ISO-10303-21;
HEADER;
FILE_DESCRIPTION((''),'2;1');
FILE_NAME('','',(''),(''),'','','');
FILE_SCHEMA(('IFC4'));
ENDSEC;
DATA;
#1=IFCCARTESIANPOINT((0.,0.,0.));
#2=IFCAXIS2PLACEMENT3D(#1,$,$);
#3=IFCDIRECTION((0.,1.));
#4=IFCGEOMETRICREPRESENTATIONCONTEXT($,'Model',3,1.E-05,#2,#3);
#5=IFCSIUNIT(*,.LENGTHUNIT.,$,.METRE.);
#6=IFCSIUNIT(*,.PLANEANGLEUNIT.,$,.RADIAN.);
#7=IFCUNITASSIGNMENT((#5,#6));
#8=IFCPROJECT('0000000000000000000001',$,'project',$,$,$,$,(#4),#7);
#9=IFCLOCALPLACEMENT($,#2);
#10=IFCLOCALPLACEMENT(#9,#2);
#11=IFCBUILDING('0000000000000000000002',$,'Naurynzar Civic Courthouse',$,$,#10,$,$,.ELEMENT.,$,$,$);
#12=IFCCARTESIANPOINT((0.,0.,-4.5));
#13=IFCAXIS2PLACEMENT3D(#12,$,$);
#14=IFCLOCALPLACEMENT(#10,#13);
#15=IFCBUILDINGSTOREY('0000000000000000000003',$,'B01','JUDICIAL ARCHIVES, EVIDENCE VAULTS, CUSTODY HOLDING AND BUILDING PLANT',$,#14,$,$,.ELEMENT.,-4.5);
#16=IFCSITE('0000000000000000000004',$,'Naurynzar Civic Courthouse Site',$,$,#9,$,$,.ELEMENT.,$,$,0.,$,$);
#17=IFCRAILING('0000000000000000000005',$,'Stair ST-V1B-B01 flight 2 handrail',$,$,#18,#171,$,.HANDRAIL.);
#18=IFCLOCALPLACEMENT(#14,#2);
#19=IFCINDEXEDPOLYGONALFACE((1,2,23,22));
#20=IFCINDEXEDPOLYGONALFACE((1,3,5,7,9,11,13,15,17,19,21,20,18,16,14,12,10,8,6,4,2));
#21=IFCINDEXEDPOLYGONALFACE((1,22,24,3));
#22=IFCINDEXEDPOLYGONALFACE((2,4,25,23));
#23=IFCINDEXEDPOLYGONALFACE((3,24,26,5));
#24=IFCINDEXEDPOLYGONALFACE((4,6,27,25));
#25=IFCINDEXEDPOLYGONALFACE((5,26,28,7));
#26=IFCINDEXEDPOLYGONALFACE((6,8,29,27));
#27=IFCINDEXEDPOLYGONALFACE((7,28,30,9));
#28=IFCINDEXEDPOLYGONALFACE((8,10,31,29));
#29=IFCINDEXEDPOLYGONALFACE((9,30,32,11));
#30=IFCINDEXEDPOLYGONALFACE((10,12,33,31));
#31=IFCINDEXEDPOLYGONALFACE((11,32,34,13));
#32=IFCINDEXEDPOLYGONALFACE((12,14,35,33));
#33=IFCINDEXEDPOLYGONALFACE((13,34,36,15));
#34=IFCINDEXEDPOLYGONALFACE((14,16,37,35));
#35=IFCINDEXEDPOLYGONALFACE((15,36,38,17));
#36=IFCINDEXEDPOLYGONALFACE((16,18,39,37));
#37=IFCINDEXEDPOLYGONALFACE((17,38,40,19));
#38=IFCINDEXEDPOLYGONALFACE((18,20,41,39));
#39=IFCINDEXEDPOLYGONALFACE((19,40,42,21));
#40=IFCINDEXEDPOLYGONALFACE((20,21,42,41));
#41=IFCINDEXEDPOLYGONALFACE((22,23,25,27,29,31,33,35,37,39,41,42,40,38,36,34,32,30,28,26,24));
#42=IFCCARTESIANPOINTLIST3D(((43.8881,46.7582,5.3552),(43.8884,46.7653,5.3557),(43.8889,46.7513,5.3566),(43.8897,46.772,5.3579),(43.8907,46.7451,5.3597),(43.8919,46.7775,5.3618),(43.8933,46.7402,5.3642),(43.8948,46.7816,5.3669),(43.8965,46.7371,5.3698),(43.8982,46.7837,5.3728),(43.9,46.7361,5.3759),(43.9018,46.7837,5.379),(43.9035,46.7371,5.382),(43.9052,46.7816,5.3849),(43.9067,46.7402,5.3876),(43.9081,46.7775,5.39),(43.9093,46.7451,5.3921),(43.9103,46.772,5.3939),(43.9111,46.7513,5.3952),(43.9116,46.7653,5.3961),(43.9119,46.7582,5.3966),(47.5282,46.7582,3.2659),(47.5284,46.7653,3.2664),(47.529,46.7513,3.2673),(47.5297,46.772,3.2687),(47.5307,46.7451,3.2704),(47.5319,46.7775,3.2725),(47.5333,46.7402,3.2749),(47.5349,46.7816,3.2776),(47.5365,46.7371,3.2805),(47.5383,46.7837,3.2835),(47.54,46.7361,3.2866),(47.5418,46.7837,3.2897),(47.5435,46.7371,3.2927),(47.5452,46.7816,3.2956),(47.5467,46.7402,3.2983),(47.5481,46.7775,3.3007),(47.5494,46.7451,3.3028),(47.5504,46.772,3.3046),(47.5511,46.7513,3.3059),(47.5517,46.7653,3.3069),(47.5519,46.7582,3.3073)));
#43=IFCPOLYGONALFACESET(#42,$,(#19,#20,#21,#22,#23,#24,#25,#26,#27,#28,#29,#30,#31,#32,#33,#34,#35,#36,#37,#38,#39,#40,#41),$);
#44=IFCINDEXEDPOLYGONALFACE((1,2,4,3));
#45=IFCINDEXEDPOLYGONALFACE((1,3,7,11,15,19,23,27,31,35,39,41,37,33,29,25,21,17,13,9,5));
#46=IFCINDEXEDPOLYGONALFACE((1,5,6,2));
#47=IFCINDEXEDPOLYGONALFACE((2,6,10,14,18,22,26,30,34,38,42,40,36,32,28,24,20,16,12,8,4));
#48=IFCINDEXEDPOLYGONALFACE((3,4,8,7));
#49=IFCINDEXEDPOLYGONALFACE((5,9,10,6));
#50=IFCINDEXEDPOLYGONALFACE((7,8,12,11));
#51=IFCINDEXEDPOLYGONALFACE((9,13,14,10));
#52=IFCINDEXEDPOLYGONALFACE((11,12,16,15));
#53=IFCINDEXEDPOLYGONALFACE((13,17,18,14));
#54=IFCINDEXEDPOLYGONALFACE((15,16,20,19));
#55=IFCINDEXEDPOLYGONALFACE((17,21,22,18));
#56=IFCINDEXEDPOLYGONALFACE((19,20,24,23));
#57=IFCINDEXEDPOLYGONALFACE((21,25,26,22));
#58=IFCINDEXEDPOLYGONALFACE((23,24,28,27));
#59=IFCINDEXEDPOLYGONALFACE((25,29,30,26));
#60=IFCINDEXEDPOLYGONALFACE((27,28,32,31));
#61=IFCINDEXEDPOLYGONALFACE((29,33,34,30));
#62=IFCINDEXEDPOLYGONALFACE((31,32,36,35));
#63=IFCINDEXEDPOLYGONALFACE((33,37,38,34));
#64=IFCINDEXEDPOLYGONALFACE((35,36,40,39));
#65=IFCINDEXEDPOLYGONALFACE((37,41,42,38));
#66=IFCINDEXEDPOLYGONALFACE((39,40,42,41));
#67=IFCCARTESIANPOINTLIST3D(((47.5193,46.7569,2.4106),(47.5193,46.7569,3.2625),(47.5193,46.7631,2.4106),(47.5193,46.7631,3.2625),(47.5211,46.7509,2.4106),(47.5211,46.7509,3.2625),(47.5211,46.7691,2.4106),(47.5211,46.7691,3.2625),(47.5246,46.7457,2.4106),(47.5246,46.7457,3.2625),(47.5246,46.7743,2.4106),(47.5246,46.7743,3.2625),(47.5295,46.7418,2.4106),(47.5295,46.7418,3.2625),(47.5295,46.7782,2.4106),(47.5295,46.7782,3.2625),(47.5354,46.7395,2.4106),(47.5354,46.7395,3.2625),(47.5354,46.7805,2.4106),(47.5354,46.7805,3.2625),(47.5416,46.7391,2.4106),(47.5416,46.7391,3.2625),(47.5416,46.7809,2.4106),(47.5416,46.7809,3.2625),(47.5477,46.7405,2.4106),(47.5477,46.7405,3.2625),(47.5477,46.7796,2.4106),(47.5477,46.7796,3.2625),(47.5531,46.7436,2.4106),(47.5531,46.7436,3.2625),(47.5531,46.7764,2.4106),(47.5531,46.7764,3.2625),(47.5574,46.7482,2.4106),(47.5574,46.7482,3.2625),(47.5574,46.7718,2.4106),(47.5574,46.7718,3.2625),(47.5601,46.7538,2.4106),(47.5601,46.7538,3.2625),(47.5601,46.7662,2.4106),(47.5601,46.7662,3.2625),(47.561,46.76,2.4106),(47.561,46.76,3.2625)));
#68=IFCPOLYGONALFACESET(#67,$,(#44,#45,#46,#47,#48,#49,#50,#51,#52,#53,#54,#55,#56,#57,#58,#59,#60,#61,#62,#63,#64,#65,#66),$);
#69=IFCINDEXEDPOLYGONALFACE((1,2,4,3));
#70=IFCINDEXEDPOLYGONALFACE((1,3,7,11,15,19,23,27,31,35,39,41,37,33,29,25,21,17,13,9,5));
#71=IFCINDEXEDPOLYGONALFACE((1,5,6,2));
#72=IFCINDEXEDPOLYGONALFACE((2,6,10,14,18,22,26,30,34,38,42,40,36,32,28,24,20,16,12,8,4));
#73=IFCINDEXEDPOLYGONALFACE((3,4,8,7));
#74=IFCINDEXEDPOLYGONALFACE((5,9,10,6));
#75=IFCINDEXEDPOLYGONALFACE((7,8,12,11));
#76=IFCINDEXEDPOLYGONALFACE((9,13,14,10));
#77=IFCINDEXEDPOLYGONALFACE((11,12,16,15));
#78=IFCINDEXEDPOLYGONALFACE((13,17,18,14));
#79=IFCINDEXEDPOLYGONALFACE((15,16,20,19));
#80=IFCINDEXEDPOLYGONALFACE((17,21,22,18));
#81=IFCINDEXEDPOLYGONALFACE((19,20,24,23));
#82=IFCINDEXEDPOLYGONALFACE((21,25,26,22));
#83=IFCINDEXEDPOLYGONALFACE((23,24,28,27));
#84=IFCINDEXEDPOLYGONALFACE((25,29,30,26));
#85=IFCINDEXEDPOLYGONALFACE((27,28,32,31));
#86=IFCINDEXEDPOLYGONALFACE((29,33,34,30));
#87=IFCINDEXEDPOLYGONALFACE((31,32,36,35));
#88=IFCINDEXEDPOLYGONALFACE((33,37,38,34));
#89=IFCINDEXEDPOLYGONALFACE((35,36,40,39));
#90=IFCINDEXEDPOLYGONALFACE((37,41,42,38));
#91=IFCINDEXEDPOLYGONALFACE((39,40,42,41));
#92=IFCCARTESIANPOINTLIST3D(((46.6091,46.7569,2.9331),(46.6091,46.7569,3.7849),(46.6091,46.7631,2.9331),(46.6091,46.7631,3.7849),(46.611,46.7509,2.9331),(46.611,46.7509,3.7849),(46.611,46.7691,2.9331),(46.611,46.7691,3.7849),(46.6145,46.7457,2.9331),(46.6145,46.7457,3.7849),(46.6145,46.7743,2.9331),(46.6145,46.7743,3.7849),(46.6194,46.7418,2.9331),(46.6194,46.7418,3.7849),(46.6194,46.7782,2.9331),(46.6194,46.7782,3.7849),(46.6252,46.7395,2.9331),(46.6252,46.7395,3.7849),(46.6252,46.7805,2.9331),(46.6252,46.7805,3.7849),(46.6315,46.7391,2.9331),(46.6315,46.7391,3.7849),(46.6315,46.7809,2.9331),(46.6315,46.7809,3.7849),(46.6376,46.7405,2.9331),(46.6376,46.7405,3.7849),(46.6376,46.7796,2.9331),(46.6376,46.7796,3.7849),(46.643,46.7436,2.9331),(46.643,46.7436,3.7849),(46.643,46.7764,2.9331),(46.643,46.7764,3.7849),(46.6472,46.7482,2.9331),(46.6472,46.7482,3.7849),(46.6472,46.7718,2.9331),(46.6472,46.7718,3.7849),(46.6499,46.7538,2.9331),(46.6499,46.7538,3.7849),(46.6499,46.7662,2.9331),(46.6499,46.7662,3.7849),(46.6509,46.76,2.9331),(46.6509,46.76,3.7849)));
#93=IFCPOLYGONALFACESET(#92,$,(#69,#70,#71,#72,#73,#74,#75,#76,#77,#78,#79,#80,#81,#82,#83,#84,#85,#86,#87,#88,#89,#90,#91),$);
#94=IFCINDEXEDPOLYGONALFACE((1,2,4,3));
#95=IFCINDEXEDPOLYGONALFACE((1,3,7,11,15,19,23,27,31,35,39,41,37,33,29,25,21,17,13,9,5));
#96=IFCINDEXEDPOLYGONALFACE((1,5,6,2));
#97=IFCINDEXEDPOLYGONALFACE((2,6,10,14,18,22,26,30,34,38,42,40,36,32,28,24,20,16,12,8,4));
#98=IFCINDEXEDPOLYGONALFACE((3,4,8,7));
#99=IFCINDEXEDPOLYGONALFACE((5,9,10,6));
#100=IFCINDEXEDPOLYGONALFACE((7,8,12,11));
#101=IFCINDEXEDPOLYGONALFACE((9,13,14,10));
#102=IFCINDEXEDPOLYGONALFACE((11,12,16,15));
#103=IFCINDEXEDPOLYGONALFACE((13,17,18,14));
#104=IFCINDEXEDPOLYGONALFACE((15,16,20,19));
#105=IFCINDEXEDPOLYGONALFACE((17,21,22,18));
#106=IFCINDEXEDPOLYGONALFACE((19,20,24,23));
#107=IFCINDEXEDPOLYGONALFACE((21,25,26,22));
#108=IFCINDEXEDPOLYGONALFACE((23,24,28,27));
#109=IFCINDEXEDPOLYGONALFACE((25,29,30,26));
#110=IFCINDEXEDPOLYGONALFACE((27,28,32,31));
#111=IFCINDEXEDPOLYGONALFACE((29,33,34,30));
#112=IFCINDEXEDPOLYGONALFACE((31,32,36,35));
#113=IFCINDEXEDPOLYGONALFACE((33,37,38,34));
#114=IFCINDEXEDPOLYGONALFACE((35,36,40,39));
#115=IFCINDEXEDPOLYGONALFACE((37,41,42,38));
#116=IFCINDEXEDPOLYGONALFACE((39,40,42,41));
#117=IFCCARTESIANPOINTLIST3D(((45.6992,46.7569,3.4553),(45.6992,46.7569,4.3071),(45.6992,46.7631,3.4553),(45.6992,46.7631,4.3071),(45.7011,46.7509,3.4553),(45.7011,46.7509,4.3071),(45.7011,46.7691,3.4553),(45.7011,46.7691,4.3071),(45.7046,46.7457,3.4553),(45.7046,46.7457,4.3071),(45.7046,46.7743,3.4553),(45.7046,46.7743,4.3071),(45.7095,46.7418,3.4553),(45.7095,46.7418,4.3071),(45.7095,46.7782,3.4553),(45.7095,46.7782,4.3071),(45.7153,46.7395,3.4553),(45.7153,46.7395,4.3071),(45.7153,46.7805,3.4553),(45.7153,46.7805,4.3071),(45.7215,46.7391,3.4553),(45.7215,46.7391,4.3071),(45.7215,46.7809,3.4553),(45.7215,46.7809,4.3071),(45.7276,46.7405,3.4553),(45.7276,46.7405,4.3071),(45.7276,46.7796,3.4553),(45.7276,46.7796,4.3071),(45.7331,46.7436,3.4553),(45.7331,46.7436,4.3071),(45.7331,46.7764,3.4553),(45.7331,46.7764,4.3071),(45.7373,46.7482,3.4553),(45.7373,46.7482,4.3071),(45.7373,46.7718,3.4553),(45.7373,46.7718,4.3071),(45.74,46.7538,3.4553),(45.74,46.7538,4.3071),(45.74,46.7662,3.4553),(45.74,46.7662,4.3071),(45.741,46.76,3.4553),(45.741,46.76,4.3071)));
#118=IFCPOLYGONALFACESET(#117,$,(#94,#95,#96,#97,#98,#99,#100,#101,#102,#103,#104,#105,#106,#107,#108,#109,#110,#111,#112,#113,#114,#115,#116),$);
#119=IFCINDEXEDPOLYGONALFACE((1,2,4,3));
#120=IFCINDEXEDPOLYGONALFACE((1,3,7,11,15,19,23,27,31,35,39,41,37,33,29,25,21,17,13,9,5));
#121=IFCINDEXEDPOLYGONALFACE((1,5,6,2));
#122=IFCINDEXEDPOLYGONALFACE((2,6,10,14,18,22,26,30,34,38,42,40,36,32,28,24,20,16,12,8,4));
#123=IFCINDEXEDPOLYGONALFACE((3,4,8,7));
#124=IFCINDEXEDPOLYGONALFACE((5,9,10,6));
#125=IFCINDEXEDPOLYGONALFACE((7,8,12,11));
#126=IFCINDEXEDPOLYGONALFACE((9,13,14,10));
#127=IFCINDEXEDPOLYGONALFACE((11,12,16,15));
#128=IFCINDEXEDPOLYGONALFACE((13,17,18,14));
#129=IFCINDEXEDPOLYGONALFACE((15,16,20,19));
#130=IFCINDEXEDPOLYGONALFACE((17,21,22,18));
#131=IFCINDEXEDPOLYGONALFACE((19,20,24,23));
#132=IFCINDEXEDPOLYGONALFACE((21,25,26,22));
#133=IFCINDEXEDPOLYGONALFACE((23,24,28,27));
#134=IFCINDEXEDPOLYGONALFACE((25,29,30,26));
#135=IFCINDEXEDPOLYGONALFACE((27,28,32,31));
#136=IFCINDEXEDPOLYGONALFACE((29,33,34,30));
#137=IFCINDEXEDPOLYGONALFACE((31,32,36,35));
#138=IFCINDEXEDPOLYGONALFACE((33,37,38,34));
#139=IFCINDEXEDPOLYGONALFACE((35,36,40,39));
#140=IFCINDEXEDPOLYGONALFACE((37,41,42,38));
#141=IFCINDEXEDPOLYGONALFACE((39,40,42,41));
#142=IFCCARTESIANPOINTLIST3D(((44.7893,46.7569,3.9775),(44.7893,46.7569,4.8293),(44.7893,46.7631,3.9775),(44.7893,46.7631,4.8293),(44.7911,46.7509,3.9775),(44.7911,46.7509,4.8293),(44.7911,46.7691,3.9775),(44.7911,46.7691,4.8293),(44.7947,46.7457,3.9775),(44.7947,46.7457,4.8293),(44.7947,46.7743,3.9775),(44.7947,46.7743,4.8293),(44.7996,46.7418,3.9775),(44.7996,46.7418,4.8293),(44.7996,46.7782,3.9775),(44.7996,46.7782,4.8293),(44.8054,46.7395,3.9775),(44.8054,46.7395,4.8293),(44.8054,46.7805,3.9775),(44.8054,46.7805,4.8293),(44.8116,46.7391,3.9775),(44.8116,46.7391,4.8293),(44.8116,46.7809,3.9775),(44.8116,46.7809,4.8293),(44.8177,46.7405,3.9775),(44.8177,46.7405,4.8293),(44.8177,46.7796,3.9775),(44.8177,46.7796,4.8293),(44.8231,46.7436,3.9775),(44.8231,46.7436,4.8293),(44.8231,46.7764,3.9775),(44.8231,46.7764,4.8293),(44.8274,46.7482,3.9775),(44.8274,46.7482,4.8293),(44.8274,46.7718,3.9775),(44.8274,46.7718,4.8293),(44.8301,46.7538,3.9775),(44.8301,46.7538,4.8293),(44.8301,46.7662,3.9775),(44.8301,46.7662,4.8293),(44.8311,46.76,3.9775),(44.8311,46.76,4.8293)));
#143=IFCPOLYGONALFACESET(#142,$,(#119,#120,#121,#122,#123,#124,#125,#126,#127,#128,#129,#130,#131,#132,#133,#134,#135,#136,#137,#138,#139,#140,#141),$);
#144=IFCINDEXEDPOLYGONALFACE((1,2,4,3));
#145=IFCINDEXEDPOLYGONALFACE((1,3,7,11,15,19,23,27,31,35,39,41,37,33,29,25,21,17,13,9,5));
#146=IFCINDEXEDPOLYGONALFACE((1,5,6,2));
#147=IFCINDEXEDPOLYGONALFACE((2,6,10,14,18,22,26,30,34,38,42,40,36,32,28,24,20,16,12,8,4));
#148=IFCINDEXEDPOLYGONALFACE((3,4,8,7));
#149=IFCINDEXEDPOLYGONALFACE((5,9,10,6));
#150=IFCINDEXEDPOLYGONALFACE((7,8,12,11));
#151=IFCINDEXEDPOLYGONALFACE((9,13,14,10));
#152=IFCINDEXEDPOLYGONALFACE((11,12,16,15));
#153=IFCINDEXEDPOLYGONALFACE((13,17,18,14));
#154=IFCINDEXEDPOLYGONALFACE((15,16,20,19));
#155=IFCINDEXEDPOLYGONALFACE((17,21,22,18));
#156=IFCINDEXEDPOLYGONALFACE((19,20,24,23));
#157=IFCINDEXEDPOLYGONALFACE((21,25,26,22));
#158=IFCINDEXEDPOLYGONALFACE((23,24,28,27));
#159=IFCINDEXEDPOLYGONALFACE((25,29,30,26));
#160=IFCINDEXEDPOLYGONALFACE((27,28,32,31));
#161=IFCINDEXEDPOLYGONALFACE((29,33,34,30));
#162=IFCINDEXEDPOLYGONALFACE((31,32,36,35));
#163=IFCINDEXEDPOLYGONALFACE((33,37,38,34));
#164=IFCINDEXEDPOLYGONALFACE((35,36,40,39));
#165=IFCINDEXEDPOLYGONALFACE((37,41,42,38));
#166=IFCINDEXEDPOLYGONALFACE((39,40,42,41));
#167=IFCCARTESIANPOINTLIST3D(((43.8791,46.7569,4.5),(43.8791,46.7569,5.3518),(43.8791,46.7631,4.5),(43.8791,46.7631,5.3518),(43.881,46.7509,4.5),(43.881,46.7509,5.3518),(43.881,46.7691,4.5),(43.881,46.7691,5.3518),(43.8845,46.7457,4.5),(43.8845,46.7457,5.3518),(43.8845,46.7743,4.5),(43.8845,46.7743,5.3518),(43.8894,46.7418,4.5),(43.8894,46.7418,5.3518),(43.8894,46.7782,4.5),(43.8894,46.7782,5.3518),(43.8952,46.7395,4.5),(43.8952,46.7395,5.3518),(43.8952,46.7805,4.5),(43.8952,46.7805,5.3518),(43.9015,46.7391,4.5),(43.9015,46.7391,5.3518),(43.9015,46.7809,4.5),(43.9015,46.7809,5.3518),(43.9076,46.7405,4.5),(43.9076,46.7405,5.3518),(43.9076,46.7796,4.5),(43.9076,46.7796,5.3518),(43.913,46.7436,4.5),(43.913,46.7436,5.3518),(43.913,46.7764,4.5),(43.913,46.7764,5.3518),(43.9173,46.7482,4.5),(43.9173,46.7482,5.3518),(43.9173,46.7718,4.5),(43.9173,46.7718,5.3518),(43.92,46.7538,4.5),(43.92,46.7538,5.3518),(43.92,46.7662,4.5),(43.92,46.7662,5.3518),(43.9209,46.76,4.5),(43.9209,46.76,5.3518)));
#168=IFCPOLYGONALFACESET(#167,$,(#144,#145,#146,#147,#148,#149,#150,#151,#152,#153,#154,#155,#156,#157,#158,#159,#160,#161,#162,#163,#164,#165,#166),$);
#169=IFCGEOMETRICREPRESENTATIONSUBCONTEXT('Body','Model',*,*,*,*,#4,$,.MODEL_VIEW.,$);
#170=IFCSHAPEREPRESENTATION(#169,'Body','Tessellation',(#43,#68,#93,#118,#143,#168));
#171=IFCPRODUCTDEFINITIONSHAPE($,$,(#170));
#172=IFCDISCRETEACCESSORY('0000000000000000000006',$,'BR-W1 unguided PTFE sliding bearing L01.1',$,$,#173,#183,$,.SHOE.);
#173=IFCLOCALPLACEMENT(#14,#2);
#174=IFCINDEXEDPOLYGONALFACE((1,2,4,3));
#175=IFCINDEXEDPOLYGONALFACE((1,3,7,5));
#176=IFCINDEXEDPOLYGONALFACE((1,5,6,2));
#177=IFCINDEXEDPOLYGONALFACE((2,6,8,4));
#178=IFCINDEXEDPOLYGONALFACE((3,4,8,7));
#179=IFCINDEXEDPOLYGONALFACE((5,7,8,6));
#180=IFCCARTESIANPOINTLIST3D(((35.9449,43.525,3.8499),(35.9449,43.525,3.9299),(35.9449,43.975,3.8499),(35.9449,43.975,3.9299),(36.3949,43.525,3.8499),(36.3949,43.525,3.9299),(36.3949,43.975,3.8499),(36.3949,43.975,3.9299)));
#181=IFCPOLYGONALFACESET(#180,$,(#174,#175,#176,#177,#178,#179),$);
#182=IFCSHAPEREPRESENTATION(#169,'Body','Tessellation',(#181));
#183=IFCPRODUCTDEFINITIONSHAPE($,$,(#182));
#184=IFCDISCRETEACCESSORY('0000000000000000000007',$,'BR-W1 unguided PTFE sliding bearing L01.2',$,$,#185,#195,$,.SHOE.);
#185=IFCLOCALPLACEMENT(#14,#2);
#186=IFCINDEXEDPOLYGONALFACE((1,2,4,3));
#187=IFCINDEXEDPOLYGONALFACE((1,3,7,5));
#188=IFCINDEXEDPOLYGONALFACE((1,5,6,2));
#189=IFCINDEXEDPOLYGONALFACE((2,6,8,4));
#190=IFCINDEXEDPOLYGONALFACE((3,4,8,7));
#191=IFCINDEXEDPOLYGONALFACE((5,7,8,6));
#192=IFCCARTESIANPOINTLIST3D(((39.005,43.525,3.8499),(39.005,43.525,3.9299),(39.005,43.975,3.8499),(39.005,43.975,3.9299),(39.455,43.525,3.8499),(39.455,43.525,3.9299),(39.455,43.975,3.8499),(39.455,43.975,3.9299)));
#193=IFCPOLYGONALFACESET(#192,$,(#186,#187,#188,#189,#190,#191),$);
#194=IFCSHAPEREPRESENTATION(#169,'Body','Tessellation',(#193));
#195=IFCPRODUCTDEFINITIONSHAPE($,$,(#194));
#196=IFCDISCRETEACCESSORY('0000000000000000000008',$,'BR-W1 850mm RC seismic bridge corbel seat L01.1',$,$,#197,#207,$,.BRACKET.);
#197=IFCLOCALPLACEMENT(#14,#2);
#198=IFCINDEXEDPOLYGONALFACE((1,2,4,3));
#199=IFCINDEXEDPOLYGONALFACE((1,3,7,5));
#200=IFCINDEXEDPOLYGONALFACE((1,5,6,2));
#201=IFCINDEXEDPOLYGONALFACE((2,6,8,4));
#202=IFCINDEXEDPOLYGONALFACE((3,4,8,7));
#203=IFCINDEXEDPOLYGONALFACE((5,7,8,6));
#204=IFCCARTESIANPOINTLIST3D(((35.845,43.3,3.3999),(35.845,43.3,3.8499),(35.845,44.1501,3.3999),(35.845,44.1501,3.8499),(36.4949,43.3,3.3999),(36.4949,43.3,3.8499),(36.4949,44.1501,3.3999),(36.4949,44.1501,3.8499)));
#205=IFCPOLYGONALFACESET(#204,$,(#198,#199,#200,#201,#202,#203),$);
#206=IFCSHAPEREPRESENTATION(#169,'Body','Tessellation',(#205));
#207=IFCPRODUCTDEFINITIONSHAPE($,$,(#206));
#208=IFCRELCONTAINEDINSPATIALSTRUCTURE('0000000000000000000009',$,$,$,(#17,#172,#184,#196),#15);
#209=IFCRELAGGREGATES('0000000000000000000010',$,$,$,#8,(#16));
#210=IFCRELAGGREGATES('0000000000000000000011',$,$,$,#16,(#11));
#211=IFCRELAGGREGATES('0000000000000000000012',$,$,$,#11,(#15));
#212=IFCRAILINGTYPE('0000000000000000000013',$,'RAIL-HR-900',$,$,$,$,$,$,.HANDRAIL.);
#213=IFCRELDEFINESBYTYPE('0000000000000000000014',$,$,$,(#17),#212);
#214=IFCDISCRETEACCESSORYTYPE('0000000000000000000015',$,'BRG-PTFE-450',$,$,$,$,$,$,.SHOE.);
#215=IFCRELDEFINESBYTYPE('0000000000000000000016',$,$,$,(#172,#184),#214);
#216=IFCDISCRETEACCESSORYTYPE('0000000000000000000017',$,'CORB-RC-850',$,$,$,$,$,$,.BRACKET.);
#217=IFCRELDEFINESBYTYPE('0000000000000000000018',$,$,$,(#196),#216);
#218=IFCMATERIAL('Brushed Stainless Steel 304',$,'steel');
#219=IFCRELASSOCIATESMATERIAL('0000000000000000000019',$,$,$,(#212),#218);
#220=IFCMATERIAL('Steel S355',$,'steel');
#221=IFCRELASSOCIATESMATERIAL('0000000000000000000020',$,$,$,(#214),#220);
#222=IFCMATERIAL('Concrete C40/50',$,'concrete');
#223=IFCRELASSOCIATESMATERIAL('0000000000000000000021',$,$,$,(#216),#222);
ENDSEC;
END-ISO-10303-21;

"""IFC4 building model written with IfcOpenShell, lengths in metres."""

from ifc_helpers import new_model, si_unit, direction, frame, origin, origin_2d, place, context, subcontext, project, spatial, rectangle, circle, extrude, material, type_object, element, save


model = new_model("IFC4")

# Units and contexts
model_context = context("Model", 3, precision=1e-05, world=origin(), true_north=direction((0.0, 1.0)))
body_context = subcontext(model_context, "Body", "Model", "MODEL_VIEW")
ifc_project = project(units=[si_unit("LENGTHUNIT", "METRE"), si_unit("PLANEANGLEUNIT", "RADIAN")], contexts=[model_context])

# Site, building, storey
site_placement = place(None, origin())
site = spatial("IfcSite", under=ifc_project, at=site_placement, Name="Naurynzar Civic Courthouse Site", CompositionType="ELEMENT", RefElevation=0.0)
building_placement = place(site_placement, origin())
building = spatial("IfcBuilding", under=site, at=building_placement, Name="Naurynzar Civic Courthouse", CompositionType="ELEMENT")
storey_placement = place(building_placement, frame((0.0, 0.0, -4.5)))
storey = spatial("IfcBuildingStorey", under=building, at=storey_placement, Name="B01", Description="JUDICIAL ARCHIVES, EVIDENCE VAULTS, CUSTODY HOLDING AND BUILDING PLANT", CompositionType="ELEMENT", Elevation=-4.5)

# Railing
ifc_material_1 = material(Name="Brushed Stainless Steel 304", Category="steel")
railing_type_1 = type_object("IfcRailingType", Name="RAIL-HR-900", PredefinedType="HANDRAIL", material=ifc_material_1)
railing_1_placement = place(storey_placement, frame((47.54, 46.76, 2.4106)))
element("IfcRailing", 1, at=railing_1_placement, inside=storey, type_object=railing_type_1, Name="Stair ST-V1B-B01 flight 2 handrail", PredefinedType="HANDRAIL", context=body_context, shape_type="SweptSolid", body=[
    extrude(circle(Radius=0.0239, at=origin_2d()), frame((0.0, 0.0, 0.876), z_axis=(-0.867289, 0.0, 0.497804), x_axis=(0.0, -1.0, 0.0)), (0.0, 0.0, 1.0), 4.197),
    extrude(circle(Radius=0.021, at=origin_2d()), origin(), (0.0, 0.0, 1.0), 0.8518),
    extrude(circle(Radius=0.021, at=origin_2d()), frame((-0.9102, 0.0, 0.5225)), (0.0, 0.0, 1.0), 0.8518),
    extrude(circle(Radius=0.021, at=origin_2d()), frame((-1.8201, 0.0, 1.0447)), (0.0, 0.0, 1.0), 0.8518),
    extrude(circle(Radius=0.021, at=origin_2d()), frame((-2.73, 0.0, 1.5669)), (0.0, 0.0, 1.0), 0.8518),
    extrude(circle(Radius=0.021, at=origin_2d()), frame((-3.6401, 0.0, 2.0894)), (0.0, 0.0, 1.0), 0.8518),
])

# Discrete accessories
ifc_material_2 = material(Name="Steel S355", Category="steel")
discrete_accessory_type_1 = type_object("IfcDiscreteAccessoryType", Name="BRG-PTFE-450", PredefinedType="SHOE", material=ifc_material_2)
for number, where, z_axis, x_axis, name in (
    (2, (36.1699, 43.75, 3.8499), (0.0, 0.0, 1.0), (1.0, 0.0, 0.0), "BR-W1 unguided PTFE sliding bearing L01.1"),
    (3, (39.23, 43.75, 3.8499), (0.0, 0.0, 1.0), (1.0, 0.0, 0.0), "BR-W1 unguided PTFE sliding bearing L01.2"),
):
    element("IfcDiscreteAccessory", number, at=place(storey_placement, frame(where, z_axis=z_axis, x_axis=x_axis)), inside=storey, type_object=discrete_accessory_type_1, Name=name, PredefinedType="SHOE", context=body_context, shape_type="SweptSolid", body=[
        extrude(rectangle(XDim=0.45, YDim=0.45, at=origin_2d()), origin(), (0.0, 0.0, 1.0), 0.0801),
    ])
ifc_material_3 = material(Name="Concrete C40/50", Category="concrete")
discrete_accessory_type_2 = type_object("IfcDiscreteAccessoryType", Name="CORB-RC-850", PredefinedType="BRACKET", material=ifc_material_3)
for number, where, z_axis, x_axis, name in (
    (4, (36.1699, 43.7251, 3.3999), (0.0, 0.0, 1.0), (1.0, 0.0, 0.0), "BR-W1 850mm RC seismic bridge corbel seat L01.1"),
):
    element("IfcDiscreteAccessory", number, at=place(storey_placement, frame(where, z_axis=z_axis, x_axis=x_axis)), inside=storey, type_object=discrete_accessory_type_2, Name=name, PredefinedType="BRACKET", context=body_context, shape_type="SweptSolid", body=[
        extrude(rectangle(XDim=0.6499, YDim=0.8501, at=origin_2d()), origin(), (0.0, 0.0, 1.0), 0.45),
    ])

save(model, "model.ifc")
